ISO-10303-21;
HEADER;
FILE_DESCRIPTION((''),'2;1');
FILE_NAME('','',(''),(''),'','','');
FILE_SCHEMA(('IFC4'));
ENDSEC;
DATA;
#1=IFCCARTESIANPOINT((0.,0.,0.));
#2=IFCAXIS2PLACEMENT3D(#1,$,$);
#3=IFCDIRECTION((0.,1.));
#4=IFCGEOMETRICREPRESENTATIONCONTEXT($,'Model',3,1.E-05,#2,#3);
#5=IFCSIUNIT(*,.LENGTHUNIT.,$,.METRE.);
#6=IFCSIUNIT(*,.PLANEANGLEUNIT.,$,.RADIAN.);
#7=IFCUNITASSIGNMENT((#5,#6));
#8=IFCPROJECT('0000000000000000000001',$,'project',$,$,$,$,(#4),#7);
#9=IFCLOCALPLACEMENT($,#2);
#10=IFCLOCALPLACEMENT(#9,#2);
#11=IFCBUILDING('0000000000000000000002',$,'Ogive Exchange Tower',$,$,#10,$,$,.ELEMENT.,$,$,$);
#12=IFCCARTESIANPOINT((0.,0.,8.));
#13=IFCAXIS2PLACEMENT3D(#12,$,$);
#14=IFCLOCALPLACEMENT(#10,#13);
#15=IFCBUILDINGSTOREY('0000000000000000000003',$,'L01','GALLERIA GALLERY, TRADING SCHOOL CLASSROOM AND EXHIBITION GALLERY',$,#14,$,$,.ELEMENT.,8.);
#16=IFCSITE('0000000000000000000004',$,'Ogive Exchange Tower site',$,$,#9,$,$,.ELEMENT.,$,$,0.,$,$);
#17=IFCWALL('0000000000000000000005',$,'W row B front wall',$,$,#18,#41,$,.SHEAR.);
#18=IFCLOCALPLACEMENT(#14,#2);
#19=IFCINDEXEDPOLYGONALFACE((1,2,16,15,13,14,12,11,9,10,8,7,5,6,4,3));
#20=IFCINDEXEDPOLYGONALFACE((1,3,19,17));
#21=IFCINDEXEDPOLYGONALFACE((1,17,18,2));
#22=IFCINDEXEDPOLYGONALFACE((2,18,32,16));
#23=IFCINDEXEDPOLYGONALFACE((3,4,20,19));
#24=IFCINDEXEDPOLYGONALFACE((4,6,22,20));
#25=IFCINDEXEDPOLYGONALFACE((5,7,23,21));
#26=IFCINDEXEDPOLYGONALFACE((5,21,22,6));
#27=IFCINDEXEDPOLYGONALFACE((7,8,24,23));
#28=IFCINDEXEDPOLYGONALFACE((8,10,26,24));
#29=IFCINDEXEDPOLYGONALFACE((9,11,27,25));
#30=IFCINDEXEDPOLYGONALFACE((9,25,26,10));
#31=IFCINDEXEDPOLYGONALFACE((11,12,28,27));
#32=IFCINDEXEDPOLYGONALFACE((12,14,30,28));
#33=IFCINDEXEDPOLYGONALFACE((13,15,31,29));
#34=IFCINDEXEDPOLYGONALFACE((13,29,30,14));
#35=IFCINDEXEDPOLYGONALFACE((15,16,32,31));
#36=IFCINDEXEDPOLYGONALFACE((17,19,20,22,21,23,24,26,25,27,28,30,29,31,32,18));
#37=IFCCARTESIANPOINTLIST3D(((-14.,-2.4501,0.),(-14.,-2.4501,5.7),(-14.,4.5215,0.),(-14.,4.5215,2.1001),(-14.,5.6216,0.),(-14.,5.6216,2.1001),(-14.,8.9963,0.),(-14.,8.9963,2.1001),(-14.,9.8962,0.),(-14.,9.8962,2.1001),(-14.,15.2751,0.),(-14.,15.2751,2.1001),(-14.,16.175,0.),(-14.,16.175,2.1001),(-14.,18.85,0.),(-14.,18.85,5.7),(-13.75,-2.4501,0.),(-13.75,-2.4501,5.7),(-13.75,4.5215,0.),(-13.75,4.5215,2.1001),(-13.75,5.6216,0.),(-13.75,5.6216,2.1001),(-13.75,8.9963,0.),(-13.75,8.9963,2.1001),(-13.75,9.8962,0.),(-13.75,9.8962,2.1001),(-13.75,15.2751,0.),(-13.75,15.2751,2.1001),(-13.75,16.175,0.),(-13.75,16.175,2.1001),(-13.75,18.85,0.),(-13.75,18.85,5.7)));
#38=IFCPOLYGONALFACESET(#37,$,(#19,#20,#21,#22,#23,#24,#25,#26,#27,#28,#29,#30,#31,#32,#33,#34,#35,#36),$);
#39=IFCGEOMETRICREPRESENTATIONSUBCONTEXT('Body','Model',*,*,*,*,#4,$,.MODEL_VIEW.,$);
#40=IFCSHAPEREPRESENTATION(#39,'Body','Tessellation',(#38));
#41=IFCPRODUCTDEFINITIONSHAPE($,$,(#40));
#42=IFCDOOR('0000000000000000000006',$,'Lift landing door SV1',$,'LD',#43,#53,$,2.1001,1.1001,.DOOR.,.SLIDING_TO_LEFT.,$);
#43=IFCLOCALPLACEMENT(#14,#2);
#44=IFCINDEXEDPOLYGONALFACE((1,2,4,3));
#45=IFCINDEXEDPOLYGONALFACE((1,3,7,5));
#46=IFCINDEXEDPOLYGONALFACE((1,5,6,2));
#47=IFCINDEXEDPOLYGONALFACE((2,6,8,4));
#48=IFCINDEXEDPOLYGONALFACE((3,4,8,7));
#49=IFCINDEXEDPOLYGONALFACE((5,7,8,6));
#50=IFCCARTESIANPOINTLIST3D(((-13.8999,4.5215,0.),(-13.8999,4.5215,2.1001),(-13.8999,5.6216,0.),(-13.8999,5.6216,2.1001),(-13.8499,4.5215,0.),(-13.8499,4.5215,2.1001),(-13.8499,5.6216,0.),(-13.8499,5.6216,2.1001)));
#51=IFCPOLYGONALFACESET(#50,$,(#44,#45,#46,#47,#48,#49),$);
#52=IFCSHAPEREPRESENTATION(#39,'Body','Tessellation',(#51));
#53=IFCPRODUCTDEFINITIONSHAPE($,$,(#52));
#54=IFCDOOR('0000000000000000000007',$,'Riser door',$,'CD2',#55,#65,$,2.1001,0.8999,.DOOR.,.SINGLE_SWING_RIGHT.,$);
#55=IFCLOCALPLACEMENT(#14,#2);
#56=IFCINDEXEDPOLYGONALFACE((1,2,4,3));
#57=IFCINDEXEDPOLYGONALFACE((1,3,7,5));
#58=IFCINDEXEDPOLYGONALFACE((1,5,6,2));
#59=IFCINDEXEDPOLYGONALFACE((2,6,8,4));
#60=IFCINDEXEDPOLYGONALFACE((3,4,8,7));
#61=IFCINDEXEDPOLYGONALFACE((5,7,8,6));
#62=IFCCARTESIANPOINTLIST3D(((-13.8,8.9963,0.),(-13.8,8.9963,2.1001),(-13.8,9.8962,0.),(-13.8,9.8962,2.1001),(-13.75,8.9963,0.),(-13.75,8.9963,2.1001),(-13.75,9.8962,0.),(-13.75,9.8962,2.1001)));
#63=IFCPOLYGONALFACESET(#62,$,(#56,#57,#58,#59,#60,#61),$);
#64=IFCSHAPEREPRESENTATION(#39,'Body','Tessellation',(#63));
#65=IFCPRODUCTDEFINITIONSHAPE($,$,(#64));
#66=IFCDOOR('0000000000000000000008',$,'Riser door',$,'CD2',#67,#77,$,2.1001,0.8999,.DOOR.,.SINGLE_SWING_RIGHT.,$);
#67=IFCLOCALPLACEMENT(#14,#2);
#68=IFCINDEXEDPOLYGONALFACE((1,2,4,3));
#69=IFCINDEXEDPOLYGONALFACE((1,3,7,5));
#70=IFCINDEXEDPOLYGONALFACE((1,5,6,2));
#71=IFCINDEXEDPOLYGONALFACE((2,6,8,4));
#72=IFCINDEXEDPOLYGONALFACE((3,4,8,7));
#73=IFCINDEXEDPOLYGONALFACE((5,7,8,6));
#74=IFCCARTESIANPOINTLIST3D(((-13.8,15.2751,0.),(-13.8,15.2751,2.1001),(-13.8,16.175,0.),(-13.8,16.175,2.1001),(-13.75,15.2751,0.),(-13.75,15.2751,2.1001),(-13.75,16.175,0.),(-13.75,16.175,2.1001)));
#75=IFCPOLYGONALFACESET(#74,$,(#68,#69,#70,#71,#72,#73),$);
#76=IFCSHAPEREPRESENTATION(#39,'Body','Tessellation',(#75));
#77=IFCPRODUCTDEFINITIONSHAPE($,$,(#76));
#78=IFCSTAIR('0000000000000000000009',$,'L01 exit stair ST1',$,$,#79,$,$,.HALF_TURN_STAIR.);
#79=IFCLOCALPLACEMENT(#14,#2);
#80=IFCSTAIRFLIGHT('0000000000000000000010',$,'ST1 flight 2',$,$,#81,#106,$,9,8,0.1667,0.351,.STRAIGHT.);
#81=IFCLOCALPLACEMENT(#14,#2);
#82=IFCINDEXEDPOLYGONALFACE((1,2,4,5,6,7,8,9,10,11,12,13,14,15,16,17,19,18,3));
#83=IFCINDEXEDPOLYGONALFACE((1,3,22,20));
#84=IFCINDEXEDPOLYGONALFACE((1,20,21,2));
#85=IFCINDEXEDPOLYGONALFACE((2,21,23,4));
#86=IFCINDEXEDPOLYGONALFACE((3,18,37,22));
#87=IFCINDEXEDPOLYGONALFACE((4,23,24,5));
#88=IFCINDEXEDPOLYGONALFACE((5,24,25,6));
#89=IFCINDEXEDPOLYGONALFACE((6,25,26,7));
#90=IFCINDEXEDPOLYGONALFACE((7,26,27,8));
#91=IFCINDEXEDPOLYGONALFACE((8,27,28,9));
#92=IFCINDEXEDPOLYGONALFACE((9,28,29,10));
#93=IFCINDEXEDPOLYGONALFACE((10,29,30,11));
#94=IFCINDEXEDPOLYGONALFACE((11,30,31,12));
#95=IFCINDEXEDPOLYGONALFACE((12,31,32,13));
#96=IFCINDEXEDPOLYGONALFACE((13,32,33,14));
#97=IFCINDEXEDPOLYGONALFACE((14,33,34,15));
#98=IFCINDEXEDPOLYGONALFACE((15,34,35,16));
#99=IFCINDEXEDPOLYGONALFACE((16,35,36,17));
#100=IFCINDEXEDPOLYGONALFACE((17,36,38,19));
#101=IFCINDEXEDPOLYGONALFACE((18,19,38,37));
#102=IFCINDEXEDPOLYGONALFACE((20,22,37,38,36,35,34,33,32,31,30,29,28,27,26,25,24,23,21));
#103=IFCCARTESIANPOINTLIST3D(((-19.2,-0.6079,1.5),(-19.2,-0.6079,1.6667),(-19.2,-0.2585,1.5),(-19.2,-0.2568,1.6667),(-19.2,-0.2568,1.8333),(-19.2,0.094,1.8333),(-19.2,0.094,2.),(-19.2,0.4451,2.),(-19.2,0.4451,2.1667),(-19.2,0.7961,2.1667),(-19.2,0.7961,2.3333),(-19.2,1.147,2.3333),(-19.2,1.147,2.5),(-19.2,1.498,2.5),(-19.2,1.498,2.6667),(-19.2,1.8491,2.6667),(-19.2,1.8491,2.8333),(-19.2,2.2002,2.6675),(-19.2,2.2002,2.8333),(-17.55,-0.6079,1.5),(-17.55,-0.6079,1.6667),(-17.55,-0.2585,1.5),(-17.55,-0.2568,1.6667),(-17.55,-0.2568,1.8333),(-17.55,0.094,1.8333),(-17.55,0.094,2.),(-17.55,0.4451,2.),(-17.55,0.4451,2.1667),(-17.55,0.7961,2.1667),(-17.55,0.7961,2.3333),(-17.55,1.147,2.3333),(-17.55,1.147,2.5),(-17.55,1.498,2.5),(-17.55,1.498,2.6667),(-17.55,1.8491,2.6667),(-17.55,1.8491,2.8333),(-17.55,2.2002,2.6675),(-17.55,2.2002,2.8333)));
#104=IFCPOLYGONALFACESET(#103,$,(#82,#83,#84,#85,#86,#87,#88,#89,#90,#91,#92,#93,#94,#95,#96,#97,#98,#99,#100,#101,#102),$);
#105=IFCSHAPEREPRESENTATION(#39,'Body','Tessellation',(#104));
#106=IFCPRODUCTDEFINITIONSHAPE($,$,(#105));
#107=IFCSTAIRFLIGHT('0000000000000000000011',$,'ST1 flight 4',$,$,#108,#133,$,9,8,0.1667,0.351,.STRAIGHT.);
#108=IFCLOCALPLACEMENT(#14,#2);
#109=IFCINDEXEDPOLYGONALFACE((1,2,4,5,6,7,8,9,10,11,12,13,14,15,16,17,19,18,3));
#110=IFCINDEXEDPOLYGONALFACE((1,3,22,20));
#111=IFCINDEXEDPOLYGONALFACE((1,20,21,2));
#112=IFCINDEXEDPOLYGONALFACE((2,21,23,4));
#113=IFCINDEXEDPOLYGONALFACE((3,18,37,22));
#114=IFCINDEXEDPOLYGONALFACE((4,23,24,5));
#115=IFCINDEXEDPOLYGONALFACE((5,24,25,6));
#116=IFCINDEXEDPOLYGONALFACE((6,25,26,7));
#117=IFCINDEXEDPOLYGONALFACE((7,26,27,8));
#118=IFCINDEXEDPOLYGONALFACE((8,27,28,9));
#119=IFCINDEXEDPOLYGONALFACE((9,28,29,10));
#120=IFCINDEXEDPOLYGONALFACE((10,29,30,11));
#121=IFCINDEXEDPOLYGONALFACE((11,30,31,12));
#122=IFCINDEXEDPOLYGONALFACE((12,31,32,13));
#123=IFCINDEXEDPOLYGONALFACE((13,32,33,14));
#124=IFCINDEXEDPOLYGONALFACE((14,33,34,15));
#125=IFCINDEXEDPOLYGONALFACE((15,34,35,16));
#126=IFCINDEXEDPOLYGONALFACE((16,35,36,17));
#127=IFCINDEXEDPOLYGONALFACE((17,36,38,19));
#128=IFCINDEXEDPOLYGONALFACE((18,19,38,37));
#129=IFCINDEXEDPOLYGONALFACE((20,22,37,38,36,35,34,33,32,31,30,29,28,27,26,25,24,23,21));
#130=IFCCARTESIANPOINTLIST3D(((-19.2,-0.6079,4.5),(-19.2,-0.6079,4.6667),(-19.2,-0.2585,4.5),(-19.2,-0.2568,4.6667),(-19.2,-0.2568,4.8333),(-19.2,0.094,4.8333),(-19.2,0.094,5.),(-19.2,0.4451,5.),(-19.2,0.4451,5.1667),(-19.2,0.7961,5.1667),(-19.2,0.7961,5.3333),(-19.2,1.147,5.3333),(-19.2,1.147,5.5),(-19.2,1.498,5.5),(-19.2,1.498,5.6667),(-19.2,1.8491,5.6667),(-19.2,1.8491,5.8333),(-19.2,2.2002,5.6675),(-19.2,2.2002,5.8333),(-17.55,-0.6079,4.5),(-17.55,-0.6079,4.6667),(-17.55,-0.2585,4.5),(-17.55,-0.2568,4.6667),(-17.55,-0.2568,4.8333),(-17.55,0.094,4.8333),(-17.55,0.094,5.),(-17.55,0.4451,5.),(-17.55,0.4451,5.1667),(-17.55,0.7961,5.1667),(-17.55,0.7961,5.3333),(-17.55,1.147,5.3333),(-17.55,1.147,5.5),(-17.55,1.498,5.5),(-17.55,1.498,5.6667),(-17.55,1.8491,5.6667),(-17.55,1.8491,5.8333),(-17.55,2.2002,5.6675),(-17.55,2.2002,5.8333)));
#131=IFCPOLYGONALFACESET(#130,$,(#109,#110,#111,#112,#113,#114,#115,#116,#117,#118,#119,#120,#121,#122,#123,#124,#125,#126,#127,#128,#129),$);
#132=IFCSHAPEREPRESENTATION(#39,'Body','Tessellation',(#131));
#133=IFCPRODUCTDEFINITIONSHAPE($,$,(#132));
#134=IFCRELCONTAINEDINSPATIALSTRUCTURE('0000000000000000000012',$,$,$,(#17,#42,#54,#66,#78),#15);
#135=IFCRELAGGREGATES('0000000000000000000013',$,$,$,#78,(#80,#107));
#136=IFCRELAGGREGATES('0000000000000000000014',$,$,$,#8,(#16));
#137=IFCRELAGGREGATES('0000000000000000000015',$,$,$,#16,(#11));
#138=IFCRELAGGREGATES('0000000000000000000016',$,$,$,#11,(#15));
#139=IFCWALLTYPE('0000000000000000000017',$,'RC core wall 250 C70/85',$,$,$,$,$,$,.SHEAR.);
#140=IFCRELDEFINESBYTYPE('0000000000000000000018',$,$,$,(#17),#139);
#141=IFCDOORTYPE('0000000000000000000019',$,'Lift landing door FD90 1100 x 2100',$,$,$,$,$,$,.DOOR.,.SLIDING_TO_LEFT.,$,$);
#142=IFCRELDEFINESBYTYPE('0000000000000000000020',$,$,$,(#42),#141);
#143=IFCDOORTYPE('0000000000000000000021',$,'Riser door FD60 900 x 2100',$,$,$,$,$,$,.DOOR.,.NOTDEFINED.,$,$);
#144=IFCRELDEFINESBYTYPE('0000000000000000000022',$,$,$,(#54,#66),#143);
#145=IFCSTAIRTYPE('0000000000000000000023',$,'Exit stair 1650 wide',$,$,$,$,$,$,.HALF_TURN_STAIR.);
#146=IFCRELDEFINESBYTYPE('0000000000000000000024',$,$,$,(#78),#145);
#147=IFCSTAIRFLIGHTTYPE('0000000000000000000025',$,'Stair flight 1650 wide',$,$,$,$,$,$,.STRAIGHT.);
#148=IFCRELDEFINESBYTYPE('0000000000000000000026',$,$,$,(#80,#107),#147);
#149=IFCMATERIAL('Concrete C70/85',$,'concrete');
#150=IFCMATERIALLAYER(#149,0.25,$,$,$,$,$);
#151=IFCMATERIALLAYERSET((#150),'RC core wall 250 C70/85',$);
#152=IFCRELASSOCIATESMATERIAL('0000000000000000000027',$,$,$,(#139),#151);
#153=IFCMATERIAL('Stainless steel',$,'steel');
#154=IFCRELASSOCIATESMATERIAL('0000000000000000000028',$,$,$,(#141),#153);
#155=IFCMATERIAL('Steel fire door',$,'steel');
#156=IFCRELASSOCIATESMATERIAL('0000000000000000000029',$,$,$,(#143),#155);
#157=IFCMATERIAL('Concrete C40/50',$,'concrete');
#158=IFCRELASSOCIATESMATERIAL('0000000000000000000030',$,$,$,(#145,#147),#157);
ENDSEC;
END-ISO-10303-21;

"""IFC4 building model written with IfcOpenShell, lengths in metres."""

from ifc_helpers import new_model, si_unit, direction, frame, frame_2d, origin, place, context, subcontext, project, spatial, polyline, rectangle, outline, extrude, material, layer, layer_set, type_object, element, fill, aggregate, save


model = new_model("IFC4")

# Units and contexts
model_context = context("Model", 3, precision=1e-05, world=origin(), true_north=direction((0.0, 1.0)))
body_context = subcontext(model_context, "Body", "Model", "MODEL_VIEW")
ifc_project = project(units=[si_unit("LENGTHUNIT", "METRE"), si_unit("PLANEANGLEUNIT", "RADIAN")], contexts=[model_context])

# Site, building, storey
site_placement = place(None, origin())
site = spatial("IfcSite", under=ifc_project, at=site_placement, Name="Ogive Exchange Tower site", CompositionType="ELEMENT", RefElevation=0.0)
building_placement = place(site_placement, origin())
building = spatial("IfcBuilding", under=site, at=building_placement, Name="Ogive Exchange Tower", CompositionType="ELEMENT")
storey_placement = place(building_placement, frame((0.0, 0.0, 8.0)))
storey = spatial("IfcBuildingStorey", under=building, at=storey_placement, Name="L01", Description="GALLERIA GALLERY, TRADING SCHOOL CLASSROOM AND EXHIBITION GALLERY", CompositionType="ELEMENT", Elevation=8.0)

# Shared definitions
ifc_material_1 = material(Name="Concrete C70/85", Category="concrete")

# Shared definitions
ifc_material_2 = material(Name="Steel fire door", Category="steel")

# Shared definitions
ifc_layer_1 = layer(ifc_material_1, 0.25)
ifc_layer_set_1 = layer_set([ifc_layer_1], Name="RC core wall 250 C70/85")
wall_type_1 = type_object("IfcWallType", Name="RC core wall 250 C70/85", PredefinedType="SHEAR", material=ifc_layer_set_1)

# Wall, openings, doors
wall_1_placement = place(storey_placement, frame((-13.875, -2.45, 0.0), z_axis=(0.0, 0.0, 1.0), x_axis=(0.0, 1.0, 0.0)))
wall_1 = element("IfcWall", 1, at=wall_1_placement, inside=storey, type_object=wall_type_1, Name="W row B front wall", PredefinedType="SHEAR", context=body_context, shape_type="SweptSolid", body=[
    extrude(rectangle(XDim=21.3, YDim=0.25, at=frame_2d((10.6499, 0.0))), origin(), (0.0, 0.0, 1.0), 5.7),
])
opening_1_placement = place(wall_1_placement, frame((11.4463, 0.0, 0.0)))
opening_1 = element("IfcOpeningElement", 2, at=opening_1_placement, cuts=wall_1, PredefinedType="OPENING", context=body_context, shape_type="SweptSolid", body=[
    extrude(rectangle(XDim=0.8999, YDim=2.1001, at=frame_2d((0.45, 1.05))), frame((0.0, 0.135, 0.0), z_axis=(0.0, -1.0, 0.0), x_axis=(1.0, 0.0, 0.0)), (0.0, 0.0, 1.0), 0.27),
])
opening_2_placement = place(wall_1_placement, frame((17.7251, 0.0, 0.0)))
opening_2 = element("IfcOpeningElement", 3, at=opening_2_placement, cuts=wall_1, PredefinedType="OPENING", context=body_context, shape_type="SweptSolid", body=[
    extrude(rectangle(XDim=0.8999, YDim=2.1001, at=frame_2d((0.45, 1.05))), frame((0.0, 0.135, 0.0), z_axis=(0.0, -1.0, 0.0), x_axis=(1.0, 0.0, 0.0)), (0.0, 0.0, 1.0), 0.27),
])
opening_3_placement = place(wall_1_placement, frame((6.9714, 0.0, 0.0)))
opening_3 = element("IfcOpeningElement", 4, at=opening_3_placement, cuts=wall_1, PredefinedType="OPENING", context=body_context, shape_type="SweptSolid", body=[
    extrude(rectangle(XDim=1.1001, YDim=2.1001, at=frame_2d((0.55, 1.05))), frame((0.0, 0.135, 0.0), z_axis=(0.0, -1.0, 0.0), x_axis=(1.0, 0.0, 0.0)), (0.0, 0.0, 1.0), 0.27),
])
ifc_material_3 = material(Name="Stainless steel", Category="steel")
door_type_1 = type_object("IfcDoorType", Name="Lift landing door FD90 1100 x 2100", OperationType="SLIDING_TO_LEFT", PredefinedType="DOOR", material=ifc_material_3)
door_1_placement = place(opening_3_placement, origin())
door_1 = element("IfcDoor", 5, at=door_1_placement, inside=storey, type_object=door_type_1, Name="Lift landing door SV1", ObjectType="LD", OperationType="SLIDING_TO_LEFT", OverallHeight=2.1001, OverallWidth=1.1001, PredefinedType="DOOR", context=body_context, shape_type="SweptSolid", body=[
    extrude(rectangle(XDim=1.1001, YDim=2.1001, at=frame_2d((0.55, 1.05))), frame((0.0, 0.0249, 0.0), z_axis=(0.0, -1.0, 0.0), x_axis=(1.0, 0.0, 0.0)), (0.0, 0.0, 1.0), 0.05),
])
fill(opening_3, door_1)
door_type_2 = type_object("IfcDoorType", Name="Riser door FD60 900 x 2100", OperationType="NOTDEFINED", PredefinedType="DOOR", material=ifc_material_2)
door_2_placement = place(opening_1_placement, frame((0.8999, -0.2002, 0.0), z_axis=(0.0, 0.0, 1.0), x_axis=(-1.0, 0.0, 0.0)))
door_2 = element("IfcDoor", 6, at=door_2_placement, inside=storey, type_object=door_type_2, Name="Riser door", ObjectType="CD2", OperationType="SINGLE_SWING_RIGHT", OverallHeight=2.1001, OverallWidth=0.8999, PredefinedType="DOOR", context=body_context, shape_type="SweptSolid", body=[
    extrude(rectangle(XDim=0.8999, YDim=2.1001, at=frame_2d((0.45, 1.05))), frame((0.0, -0.0752, 0.0), z_axis=(0.0, -1.0, 0.0), x_axis=(1.0, 0.0, 0.0)), (0.0, 0.0, 1.0), 0.05),
])
fill(opening_1, door_2)
door_3_placement = place(opening_2_placement, frame((0.8999, -0.2002, 0.0), z_axis=(0.0, 0.0, 1.0), x_axis=(-1.0, 0.0, 0.0)))
door_3 = element("IfcDoor", 7, at=door_3_placement, inside=storey, type_object=door_type_2, Name="Riser door", ObjectType="CD2", OperationType="SINGLE_SWING_RIGHT", OverallHeight=2.1001, OverallWidth=0.8999, PredefinedType="DOOR", context=body_context, shape_type="SweptSolid", body=[
    extrude(rectangle(XDim=0.8999, YDim=2.1001, at=frame_2d((0.45, 1.05))), frame((0.0, -0.0752, 0.0), z_axis=(0.0, -1.0, 0.0), x_axis=(1.0, 0.0, 0.0)), (0.0, 0.0, 1.0), 0.05),
])
fill(opening_2, door_3)

# Stair, stair flights
ifc_material_4 = material(Name="Concrete C40/50", Category="concrete")
stair_type = type_object("IfcStairType", Name="Exit stair 1650 wide", PredefinedType="HALF_TURN_STAIR", material=ifc_material_4)
stair_placement = place(storey_placement, origin())
stair = element("IfcStair", 8, at=stair_placement, inside=storey, type_object=stair_type, Name="L01 exit stair ST1", PredefinedType="HALF_TURN_STAIR")
stair_flight_type = type_object("IfcStairFlightType", Name="Stair flight 1650 wide", PredefinedType="STRAIGHT", material=ifc_material_4)
stair_flight_1_placement = place(storey_placement, frame((-18.375, -0.6079, 1.5), z_axis=(0.0, 0.0, 1.0), x_axis=(0.0, 1.0, 0.0)))
stair_flight_1 = element("IfcStairFlight", 9, at=stair_flight_1_placement, type_object=stair_flight_type, Name="ST1 flight 2", NumberOfRisers=9, NumberOfTreads=8, PredefinedType="STRAIGHT", RiserHeight=0.1667, TreadLength=0.351, context=body_context, shape_type="SweptSolid", body=[
    extrude(outline(polyline([(0.0, 0.0), (0.0, 0.1667), (0.3511, 0.1667), (0.3511, 0.3333), (0.7019, 0.3333), (0.7019, 0.5), (1.053, 0.5), (1.053, 0.6667), (1.4041, 0.6667), (1.4041, 0.8333), (1.7549, 0.8333), (1.7549, 1.0), (2.106, 1.0), (2.106, 1.1667), (2.457, 1.1667), (2.457, 1.3333), (2.8081, 1.3333), (2.8081, 1.5), (2.8081, 1.1675), (0.3494, 0.0), (0.0, 0.0)])), frame((0.0, 0.825, 0.0), z_axis=(0.0, -1.0, 0.0), x_axis=(1.0, 0.0, 0.0)), (0.0, 0.0, 1.0), 1.6499),
])
stair_flight_2_placement = place(storey_placement, frame((-18.375, -0.6079, 4.5), z_axis=(0.0, 0.0, 1.0), x_axis=(0.0, 1.0, 0.0)))
stair_flight_2 = element("IfcStairFlight", 10, at=stair_flight_2_placement, type_object=stair_flight_type, Name="ST1 flight 4", NumberOfRisers=9, NumberOfTreads=8, PredefinedType="STRAIGHT", RiserHeight=0.1667, TreadLength=0.351, context=body_context, shape_type="SweptSolid", body=[
    extrude(outline(polyline([(0.0, 0.0), (0.0, 0.1667), (0.3511, 0.1667), (0.3511, 0.3333), (0.7019, 0.3333), (0.7019, 0.5), (1.053, 0.5), (1.053, 0.6667), (1.4041, 0.6667), (1.4041, 0.8333), (1.7549, 0.8333), (1.7549, 1.0), (2.106, 1.0), (2.106, 1.1667), (2.457, 1.1667), (2.457, 1.3333), (2.8081, 1.3333), (2.8081, 1.5), (2.8081, 1.1675), (0.3494, 0.0), (0.0, 0.0)])), frame((0.0, 0.825, 0.0), z_axis=(0.0, -1.0, 0.0), x_axis=(1.0, 0.0, 0.0)), (0.0, 0.0, 1.0), 1.6499),
])
aggregate(stair, [stair_flight_1, stair_flight_2])

save(model, "model.ifc")
